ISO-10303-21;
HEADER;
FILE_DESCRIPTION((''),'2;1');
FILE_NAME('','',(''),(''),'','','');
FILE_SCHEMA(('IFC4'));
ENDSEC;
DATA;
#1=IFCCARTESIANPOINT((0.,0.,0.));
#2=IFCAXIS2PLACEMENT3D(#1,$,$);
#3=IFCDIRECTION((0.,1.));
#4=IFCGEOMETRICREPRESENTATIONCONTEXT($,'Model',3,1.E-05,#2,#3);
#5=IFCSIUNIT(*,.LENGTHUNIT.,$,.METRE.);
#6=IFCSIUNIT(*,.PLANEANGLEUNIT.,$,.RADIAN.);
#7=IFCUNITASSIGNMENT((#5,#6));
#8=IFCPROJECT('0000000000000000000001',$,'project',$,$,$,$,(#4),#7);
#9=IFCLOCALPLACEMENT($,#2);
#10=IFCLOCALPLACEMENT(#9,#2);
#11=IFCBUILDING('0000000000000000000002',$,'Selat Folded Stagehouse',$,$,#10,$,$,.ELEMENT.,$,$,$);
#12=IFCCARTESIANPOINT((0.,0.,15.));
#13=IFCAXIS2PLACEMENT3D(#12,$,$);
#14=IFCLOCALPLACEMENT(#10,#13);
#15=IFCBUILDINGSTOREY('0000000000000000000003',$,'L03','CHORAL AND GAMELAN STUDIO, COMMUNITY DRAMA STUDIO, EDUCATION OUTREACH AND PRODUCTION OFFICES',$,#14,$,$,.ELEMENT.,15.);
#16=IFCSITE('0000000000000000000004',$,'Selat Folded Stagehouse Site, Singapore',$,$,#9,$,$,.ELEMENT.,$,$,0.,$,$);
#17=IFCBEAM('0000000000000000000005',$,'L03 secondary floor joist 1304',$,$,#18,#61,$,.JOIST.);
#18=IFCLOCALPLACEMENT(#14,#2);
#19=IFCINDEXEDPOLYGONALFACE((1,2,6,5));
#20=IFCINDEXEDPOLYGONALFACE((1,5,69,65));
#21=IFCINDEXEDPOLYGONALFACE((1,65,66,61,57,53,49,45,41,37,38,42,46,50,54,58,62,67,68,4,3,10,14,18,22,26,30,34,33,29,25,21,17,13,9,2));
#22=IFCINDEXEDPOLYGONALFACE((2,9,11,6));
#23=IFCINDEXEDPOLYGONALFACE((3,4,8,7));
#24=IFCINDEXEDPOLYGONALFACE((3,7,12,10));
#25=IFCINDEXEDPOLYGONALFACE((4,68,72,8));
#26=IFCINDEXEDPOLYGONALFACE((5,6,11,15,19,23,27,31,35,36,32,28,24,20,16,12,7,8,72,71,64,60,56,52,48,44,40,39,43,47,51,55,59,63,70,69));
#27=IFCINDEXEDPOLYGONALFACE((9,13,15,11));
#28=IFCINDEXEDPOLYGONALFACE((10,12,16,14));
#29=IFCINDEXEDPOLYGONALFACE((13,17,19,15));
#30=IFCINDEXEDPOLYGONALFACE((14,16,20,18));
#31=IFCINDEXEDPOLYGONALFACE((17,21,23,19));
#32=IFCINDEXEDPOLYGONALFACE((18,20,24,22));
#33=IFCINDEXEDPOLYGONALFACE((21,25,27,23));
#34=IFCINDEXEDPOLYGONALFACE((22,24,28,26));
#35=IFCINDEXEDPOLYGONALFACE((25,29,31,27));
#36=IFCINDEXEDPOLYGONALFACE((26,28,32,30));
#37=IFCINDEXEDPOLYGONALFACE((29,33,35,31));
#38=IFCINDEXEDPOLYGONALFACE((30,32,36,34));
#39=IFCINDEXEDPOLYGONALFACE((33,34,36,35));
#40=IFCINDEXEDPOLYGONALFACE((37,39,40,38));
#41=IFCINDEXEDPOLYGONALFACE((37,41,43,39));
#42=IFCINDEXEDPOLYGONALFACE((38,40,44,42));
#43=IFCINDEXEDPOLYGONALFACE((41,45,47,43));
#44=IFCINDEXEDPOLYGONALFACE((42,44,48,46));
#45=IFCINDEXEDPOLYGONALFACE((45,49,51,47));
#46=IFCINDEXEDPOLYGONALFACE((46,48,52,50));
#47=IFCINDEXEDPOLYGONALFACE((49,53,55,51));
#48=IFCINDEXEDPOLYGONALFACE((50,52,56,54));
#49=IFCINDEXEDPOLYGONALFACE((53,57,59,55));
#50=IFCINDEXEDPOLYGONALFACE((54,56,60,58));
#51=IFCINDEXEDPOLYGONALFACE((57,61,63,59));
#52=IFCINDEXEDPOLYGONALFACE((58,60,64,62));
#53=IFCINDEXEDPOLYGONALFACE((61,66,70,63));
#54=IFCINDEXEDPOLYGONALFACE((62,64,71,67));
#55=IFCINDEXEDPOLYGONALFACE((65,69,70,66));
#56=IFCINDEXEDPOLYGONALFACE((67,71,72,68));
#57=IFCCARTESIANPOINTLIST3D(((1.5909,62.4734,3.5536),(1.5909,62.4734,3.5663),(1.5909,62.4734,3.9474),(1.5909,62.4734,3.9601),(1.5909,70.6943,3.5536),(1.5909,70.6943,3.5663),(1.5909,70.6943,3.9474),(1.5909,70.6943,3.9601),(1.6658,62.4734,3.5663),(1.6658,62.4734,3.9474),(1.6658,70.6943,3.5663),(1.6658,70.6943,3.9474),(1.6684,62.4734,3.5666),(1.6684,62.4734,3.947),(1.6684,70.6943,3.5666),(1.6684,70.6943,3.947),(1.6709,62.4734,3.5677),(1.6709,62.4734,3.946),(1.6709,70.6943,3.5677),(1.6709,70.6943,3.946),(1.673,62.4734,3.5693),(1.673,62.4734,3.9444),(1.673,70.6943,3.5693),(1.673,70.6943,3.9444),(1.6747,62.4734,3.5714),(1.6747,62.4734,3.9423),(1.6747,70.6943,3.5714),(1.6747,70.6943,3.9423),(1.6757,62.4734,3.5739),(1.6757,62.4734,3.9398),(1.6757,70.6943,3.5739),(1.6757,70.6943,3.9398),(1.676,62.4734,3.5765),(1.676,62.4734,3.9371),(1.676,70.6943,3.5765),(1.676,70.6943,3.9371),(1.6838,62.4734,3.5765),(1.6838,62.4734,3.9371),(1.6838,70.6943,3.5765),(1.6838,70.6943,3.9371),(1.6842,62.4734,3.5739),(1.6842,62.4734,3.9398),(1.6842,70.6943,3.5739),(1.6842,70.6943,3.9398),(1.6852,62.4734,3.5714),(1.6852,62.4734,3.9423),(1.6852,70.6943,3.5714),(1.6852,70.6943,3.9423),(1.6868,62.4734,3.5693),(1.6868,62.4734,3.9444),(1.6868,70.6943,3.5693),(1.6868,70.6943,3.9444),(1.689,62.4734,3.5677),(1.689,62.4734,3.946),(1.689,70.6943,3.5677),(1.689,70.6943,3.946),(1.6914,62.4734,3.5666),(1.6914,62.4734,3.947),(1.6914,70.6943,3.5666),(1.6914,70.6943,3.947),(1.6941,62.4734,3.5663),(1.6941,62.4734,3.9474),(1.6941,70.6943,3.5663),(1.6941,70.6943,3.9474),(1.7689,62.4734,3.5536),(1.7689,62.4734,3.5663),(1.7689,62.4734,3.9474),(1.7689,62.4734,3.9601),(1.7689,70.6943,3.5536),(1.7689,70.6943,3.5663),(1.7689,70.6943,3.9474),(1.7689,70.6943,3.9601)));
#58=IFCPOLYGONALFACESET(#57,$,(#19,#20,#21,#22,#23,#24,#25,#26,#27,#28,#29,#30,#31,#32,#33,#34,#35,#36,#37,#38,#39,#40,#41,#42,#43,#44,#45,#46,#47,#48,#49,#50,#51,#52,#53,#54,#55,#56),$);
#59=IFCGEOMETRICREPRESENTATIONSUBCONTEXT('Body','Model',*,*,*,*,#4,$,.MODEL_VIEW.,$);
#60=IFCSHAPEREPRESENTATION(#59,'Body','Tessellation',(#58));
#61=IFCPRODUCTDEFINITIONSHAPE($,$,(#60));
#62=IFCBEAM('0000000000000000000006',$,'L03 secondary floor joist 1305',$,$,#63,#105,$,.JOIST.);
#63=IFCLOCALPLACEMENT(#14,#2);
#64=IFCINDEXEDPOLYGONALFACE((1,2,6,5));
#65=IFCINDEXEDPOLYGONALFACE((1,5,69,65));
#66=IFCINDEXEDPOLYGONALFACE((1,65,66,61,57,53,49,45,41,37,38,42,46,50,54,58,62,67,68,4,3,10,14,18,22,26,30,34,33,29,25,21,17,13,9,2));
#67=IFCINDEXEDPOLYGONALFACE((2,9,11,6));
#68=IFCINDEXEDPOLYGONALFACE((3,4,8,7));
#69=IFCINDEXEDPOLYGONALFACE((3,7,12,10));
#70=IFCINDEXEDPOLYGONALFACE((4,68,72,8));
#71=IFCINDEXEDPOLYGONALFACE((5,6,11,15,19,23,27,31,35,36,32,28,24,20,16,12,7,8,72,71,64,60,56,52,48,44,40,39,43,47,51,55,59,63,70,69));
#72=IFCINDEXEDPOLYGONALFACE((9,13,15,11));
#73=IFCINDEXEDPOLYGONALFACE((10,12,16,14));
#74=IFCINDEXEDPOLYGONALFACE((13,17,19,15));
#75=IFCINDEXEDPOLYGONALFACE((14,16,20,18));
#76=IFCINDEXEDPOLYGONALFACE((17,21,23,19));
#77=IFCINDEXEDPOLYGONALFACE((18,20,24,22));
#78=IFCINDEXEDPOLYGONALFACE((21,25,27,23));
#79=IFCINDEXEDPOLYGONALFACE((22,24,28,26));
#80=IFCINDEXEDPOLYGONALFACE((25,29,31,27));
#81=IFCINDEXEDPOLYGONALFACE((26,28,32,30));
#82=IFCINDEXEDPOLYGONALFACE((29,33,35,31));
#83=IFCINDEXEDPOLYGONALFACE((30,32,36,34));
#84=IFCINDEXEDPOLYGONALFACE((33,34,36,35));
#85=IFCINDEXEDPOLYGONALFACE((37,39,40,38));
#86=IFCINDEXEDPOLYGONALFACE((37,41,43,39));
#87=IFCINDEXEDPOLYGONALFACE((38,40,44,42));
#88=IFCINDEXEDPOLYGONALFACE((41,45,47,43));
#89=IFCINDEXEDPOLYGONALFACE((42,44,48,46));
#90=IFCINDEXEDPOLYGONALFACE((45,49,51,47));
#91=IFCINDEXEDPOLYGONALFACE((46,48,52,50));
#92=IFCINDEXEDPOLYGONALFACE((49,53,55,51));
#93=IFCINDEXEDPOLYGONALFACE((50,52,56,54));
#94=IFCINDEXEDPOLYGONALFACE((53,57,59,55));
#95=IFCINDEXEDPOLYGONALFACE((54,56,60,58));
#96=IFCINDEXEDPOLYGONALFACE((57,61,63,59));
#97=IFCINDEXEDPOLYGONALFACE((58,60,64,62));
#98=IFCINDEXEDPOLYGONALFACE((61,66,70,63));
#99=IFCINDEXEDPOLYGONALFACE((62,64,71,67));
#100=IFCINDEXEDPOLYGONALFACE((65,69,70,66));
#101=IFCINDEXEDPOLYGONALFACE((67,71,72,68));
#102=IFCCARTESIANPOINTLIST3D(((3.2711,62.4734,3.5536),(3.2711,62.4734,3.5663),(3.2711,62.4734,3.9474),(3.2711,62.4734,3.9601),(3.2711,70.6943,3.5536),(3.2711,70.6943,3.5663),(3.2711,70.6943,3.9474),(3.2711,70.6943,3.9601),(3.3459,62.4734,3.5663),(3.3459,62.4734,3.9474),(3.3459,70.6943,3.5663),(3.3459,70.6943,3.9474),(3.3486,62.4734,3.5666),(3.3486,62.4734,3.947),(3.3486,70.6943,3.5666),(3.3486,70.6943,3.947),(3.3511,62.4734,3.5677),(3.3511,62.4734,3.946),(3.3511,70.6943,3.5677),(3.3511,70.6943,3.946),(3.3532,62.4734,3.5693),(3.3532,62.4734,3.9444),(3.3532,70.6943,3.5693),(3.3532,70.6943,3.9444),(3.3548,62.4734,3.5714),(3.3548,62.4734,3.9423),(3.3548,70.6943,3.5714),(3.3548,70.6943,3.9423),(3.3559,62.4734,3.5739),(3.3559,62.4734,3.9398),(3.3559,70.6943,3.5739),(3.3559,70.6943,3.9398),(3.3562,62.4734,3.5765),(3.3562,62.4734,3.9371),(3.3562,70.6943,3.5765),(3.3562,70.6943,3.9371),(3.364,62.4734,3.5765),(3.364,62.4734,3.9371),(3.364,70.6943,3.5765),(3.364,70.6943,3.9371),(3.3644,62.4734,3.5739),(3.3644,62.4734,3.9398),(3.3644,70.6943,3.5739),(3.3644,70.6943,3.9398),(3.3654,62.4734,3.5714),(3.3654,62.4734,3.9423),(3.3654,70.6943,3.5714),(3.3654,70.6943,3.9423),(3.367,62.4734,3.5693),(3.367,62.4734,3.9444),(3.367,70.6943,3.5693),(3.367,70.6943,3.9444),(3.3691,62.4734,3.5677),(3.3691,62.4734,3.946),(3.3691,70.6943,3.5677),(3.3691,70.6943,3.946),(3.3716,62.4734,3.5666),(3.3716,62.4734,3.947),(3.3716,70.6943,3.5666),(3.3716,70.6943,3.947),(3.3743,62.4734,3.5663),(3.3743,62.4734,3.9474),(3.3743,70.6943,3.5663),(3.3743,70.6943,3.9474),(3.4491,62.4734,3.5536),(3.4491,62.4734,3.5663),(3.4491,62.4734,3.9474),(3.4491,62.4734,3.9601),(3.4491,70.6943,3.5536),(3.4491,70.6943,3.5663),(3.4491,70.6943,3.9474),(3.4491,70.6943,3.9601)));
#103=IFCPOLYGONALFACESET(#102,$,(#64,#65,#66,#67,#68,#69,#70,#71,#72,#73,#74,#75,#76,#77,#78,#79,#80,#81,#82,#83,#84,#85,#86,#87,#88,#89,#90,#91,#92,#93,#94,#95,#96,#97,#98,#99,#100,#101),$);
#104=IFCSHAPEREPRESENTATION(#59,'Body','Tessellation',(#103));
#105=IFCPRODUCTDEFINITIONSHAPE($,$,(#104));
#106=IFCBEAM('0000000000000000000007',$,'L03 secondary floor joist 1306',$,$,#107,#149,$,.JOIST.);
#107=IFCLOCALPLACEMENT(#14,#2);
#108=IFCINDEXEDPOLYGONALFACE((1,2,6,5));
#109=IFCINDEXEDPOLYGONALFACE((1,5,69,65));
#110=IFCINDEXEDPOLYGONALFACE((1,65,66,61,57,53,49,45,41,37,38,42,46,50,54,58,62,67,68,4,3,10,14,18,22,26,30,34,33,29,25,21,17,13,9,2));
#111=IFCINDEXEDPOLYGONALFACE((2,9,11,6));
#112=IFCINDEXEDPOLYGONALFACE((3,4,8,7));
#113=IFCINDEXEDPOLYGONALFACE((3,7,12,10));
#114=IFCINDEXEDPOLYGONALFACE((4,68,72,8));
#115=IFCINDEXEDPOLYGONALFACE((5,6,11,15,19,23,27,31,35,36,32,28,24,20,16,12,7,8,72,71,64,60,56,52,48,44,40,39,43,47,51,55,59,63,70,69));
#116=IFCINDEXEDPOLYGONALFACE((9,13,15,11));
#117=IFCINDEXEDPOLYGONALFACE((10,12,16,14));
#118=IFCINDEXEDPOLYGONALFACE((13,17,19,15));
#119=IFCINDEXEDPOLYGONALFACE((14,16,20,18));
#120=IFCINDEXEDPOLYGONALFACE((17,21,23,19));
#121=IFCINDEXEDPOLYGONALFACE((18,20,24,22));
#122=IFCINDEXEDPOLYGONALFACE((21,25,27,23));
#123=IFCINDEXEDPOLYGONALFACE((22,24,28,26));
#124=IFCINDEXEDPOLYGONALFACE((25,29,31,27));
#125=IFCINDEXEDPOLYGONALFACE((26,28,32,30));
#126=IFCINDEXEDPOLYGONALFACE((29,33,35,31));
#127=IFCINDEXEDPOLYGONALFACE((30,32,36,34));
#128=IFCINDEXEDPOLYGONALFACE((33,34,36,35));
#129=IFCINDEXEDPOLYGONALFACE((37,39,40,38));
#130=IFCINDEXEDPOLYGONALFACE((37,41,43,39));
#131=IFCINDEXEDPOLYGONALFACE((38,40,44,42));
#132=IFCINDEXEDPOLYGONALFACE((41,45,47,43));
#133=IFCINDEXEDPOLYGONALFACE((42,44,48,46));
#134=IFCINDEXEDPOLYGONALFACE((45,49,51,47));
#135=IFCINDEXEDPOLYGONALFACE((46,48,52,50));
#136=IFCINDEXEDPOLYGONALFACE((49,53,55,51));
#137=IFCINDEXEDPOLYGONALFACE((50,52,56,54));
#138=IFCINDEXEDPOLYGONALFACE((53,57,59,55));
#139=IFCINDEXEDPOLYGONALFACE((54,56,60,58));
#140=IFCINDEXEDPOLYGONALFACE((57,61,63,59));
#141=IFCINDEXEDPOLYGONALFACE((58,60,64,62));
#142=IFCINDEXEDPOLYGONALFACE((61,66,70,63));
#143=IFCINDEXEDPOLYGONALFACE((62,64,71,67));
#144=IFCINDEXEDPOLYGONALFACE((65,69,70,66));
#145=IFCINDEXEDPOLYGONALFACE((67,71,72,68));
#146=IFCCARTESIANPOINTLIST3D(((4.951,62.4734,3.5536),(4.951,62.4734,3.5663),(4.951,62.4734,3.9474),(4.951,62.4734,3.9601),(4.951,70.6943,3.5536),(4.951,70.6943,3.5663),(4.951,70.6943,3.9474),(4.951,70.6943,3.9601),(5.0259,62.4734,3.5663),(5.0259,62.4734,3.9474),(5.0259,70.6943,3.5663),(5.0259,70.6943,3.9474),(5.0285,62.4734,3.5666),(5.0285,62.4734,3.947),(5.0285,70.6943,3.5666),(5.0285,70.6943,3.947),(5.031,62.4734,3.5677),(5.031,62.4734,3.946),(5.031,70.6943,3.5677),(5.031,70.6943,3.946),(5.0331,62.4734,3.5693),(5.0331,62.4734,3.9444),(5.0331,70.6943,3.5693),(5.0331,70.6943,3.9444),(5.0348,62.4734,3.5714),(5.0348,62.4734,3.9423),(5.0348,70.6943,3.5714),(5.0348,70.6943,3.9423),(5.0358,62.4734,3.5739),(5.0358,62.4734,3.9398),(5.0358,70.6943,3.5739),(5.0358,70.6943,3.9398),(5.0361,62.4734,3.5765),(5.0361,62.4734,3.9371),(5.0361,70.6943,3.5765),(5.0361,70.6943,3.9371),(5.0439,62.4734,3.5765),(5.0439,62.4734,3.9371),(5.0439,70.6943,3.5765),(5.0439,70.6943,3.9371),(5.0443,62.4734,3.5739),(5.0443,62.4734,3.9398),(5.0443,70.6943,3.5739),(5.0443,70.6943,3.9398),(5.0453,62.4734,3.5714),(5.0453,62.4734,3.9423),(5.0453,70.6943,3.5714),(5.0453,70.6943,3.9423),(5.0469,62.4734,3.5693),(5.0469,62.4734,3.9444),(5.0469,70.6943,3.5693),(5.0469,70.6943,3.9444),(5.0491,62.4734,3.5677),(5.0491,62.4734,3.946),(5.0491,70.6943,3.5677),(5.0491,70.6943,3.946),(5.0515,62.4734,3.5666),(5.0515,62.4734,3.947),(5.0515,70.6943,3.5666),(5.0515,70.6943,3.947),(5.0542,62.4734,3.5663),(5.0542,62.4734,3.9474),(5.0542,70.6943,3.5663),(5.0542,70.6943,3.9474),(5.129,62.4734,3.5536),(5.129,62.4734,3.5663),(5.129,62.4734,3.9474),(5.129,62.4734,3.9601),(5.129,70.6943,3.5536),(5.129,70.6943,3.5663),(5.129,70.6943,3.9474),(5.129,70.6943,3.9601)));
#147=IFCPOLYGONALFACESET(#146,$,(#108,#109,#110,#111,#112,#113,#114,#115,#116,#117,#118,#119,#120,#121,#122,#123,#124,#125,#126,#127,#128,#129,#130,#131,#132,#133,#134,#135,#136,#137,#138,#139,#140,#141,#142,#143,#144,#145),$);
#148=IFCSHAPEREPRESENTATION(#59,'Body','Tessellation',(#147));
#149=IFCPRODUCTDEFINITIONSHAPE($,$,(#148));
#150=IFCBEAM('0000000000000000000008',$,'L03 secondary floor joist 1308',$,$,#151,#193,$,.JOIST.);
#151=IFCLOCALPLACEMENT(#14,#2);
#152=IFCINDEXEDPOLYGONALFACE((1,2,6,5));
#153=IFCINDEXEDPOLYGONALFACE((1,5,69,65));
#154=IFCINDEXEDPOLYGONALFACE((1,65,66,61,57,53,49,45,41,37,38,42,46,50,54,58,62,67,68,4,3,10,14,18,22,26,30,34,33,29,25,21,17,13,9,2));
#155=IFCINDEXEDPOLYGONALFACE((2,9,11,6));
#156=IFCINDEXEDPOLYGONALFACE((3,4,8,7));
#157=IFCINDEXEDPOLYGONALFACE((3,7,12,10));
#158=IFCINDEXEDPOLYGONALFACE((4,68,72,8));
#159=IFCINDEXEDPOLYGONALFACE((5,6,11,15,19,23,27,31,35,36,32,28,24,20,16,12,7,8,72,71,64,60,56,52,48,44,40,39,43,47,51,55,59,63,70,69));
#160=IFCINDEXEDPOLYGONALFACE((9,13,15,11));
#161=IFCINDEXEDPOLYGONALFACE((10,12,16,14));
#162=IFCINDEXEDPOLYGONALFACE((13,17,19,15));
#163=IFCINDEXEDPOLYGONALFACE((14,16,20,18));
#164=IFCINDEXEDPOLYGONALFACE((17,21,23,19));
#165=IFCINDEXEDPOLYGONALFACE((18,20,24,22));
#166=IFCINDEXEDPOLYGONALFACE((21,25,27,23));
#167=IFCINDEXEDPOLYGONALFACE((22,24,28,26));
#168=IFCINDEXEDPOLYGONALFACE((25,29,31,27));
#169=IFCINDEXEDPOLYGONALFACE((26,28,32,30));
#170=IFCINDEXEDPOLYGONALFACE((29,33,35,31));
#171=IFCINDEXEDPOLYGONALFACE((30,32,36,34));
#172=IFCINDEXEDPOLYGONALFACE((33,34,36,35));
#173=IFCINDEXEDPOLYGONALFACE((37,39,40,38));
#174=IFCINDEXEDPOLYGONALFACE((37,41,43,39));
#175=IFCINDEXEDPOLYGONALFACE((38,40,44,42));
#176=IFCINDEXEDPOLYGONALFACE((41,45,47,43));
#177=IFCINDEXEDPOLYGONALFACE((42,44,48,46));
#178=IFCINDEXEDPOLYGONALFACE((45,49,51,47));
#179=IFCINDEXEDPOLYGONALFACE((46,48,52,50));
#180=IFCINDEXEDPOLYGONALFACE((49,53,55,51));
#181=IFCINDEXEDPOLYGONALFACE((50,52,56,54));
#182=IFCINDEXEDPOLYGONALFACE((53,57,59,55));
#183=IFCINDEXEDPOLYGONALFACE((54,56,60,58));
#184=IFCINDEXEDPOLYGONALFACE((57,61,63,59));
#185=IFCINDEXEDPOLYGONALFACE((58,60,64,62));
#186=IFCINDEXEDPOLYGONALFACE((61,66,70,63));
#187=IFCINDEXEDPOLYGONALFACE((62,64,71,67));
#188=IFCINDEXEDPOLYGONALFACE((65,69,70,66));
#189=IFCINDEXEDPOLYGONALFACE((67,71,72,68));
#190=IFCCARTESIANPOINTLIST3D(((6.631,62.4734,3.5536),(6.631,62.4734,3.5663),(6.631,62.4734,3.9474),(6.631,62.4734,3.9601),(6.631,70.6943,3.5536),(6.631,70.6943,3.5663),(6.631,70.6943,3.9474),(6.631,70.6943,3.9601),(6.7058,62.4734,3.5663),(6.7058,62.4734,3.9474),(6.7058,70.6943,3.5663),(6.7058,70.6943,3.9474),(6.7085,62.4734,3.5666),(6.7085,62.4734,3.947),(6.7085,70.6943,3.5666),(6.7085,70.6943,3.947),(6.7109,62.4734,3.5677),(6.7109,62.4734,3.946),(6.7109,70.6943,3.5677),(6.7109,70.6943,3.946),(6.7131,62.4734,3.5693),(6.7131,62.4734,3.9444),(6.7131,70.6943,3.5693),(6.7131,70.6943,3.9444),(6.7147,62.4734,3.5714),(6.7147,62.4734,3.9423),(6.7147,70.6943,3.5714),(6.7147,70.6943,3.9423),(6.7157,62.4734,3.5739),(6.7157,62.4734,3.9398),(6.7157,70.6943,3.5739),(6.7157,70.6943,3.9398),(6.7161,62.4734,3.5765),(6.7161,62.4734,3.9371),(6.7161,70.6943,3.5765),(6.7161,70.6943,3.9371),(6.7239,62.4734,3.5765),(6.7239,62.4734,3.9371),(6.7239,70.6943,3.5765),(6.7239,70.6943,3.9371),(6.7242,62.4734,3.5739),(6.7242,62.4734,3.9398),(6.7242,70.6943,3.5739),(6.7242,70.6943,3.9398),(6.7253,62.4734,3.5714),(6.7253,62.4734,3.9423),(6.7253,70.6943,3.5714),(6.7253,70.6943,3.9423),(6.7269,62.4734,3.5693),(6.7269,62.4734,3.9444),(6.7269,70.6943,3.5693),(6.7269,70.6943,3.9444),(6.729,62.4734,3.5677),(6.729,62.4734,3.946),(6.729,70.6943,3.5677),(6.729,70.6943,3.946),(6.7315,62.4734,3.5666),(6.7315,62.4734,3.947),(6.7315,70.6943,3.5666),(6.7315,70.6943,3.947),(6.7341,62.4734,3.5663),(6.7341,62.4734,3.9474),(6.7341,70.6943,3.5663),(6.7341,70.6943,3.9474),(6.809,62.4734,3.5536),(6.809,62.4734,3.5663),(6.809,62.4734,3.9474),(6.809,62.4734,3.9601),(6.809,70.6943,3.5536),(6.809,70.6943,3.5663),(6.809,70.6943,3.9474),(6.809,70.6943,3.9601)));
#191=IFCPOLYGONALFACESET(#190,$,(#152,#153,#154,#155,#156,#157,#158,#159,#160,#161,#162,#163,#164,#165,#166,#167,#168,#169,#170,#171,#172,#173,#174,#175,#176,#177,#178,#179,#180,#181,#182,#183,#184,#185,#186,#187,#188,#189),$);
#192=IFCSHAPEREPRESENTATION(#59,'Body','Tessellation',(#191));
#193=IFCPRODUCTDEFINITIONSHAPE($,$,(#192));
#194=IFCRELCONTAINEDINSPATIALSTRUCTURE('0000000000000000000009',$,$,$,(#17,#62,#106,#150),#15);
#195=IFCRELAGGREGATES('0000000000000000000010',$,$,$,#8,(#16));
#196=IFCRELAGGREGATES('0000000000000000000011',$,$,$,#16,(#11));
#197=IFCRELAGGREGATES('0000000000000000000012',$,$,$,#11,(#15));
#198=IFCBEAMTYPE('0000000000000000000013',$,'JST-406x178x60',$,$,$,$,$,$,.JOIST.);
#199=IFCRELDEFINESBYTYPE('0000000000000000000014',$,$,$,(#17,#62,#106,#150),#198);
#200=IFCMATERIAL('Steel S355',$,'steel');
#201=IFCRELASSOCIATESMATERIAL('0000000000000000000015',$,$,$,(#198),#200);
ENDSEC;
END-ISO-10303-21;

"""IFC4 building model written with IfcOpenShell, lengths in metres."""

from ifc_helpers import new_model, si_unit, direction, frame, origin, origin_2d, place, context, subcontext, project, spatial, i_section, extrude, material, material_profile, profile_set, type_object, element, save


model = new_model("IFC4")

# Units and contexts
model_context = context("Model", 3, precision=1e-05, world=origin(), true_north=direction((0.0, 1.0)))
body_context = subcontext(model_context, "Body", "Model", "MODEL_VIEW")
ifc_project = project(units=[si_unit("LENGTHUNIT", "METRE"), si_unit("PLANEANGLEUNIT", "RADIAN")], contexts=[model_context])

# Site, building, storey
site_placement = place(None, origin())
site = spatial("IfcSite", under=ifc_project, at=site_placement, Name="Selat Folded Stagehouse Site, Singapore", CompositionType="ELEMENT", RefElevation=0.0)
building_placement = place(site_placement, origin())
building = spatial("IfcBuilding", under=site, at=building_placement, Name="Selat Folded Stagehouse", CompositionType="ELEMENT")
storey_placement = place(building_placement, frame((0.0, 0.0, 15.0)))
storey = spatial("IfcBuildingStorey", under=building, at=storey_placement, Name="L03", Description="CHORAL AND GAMELAN STUDIO, COMMUNITY DRAMA STUDIO, EDUCATION OUTREACH AND PRODUCTION OFFICES", CompositionType="ELEMENT", Elevation=15.0)

# Shared definitions
ifc_material_1 = material(Name="Steel S355", Category="steel")

# Beams
ifc_material_profile_1 = material_profile(ifc_material_1, i_section(OverallWidth=0.178, OverallDepth=0.4065, WebThickness=0.0078, FlangeThickness=0.0127, FilletRadius=0.0103, at=origin_2d()), Name="UKB 406x178x60")
ifc_profile_set_1 = profile_set([ifc_material_profile_1], Name="Steel S355")
beam_type_1 = type_object("IfcBeamType", Name="JST-406x178x60", PredefinedType="JOIST", material=ifc_profile_set_1)
for number, where, z_axis, x_axis, name in (
    (1, (1.6799, 62.4734, 3.7568), (0.0, 1.0, 0.0), (-1.0, 0.0, 0.0), "L03 secondary floor joist 1304"),
    (2, (3.3601, 62.4734, 3.7568), (0.0, 1.0, 0.0), (-1.0, 0.0, 0.0), "L03 secondary floor joist 1305"),
    (3, (5.04, 62.4734, 3.7568), (0.0, 1.0, 0.0), (-1.0, 0.0, 0.0), "L03 secondary floor joist 1306"),
    (4, (6.72, 62.4734, 3.7568), (0.0, 1.0, 0.0), (-1.0, 0.0, 0.0), "L03 secondary floor joist 1308"),
):
    element("IfcBeam", number, at=place(storey_placement, frame(where, z_axis=z_axis, x_axis=x_axis)), inside=storey, type_object=beam_type_1, Name=name, PredefinedType="JOIST", context=body_context, shape_type="SweptSolid", body=[
        extrude(i_section(OverallWidth=0.178, OverallDepth=0.4065, WebThickness=0.0078, FlangeThickness=0.0127, FilletRadius=0.0103, at=origin_2d()), origin(), (0.0, 0.0, 1.0), 8.2209),
    ])

save(model, "model.ifc")
